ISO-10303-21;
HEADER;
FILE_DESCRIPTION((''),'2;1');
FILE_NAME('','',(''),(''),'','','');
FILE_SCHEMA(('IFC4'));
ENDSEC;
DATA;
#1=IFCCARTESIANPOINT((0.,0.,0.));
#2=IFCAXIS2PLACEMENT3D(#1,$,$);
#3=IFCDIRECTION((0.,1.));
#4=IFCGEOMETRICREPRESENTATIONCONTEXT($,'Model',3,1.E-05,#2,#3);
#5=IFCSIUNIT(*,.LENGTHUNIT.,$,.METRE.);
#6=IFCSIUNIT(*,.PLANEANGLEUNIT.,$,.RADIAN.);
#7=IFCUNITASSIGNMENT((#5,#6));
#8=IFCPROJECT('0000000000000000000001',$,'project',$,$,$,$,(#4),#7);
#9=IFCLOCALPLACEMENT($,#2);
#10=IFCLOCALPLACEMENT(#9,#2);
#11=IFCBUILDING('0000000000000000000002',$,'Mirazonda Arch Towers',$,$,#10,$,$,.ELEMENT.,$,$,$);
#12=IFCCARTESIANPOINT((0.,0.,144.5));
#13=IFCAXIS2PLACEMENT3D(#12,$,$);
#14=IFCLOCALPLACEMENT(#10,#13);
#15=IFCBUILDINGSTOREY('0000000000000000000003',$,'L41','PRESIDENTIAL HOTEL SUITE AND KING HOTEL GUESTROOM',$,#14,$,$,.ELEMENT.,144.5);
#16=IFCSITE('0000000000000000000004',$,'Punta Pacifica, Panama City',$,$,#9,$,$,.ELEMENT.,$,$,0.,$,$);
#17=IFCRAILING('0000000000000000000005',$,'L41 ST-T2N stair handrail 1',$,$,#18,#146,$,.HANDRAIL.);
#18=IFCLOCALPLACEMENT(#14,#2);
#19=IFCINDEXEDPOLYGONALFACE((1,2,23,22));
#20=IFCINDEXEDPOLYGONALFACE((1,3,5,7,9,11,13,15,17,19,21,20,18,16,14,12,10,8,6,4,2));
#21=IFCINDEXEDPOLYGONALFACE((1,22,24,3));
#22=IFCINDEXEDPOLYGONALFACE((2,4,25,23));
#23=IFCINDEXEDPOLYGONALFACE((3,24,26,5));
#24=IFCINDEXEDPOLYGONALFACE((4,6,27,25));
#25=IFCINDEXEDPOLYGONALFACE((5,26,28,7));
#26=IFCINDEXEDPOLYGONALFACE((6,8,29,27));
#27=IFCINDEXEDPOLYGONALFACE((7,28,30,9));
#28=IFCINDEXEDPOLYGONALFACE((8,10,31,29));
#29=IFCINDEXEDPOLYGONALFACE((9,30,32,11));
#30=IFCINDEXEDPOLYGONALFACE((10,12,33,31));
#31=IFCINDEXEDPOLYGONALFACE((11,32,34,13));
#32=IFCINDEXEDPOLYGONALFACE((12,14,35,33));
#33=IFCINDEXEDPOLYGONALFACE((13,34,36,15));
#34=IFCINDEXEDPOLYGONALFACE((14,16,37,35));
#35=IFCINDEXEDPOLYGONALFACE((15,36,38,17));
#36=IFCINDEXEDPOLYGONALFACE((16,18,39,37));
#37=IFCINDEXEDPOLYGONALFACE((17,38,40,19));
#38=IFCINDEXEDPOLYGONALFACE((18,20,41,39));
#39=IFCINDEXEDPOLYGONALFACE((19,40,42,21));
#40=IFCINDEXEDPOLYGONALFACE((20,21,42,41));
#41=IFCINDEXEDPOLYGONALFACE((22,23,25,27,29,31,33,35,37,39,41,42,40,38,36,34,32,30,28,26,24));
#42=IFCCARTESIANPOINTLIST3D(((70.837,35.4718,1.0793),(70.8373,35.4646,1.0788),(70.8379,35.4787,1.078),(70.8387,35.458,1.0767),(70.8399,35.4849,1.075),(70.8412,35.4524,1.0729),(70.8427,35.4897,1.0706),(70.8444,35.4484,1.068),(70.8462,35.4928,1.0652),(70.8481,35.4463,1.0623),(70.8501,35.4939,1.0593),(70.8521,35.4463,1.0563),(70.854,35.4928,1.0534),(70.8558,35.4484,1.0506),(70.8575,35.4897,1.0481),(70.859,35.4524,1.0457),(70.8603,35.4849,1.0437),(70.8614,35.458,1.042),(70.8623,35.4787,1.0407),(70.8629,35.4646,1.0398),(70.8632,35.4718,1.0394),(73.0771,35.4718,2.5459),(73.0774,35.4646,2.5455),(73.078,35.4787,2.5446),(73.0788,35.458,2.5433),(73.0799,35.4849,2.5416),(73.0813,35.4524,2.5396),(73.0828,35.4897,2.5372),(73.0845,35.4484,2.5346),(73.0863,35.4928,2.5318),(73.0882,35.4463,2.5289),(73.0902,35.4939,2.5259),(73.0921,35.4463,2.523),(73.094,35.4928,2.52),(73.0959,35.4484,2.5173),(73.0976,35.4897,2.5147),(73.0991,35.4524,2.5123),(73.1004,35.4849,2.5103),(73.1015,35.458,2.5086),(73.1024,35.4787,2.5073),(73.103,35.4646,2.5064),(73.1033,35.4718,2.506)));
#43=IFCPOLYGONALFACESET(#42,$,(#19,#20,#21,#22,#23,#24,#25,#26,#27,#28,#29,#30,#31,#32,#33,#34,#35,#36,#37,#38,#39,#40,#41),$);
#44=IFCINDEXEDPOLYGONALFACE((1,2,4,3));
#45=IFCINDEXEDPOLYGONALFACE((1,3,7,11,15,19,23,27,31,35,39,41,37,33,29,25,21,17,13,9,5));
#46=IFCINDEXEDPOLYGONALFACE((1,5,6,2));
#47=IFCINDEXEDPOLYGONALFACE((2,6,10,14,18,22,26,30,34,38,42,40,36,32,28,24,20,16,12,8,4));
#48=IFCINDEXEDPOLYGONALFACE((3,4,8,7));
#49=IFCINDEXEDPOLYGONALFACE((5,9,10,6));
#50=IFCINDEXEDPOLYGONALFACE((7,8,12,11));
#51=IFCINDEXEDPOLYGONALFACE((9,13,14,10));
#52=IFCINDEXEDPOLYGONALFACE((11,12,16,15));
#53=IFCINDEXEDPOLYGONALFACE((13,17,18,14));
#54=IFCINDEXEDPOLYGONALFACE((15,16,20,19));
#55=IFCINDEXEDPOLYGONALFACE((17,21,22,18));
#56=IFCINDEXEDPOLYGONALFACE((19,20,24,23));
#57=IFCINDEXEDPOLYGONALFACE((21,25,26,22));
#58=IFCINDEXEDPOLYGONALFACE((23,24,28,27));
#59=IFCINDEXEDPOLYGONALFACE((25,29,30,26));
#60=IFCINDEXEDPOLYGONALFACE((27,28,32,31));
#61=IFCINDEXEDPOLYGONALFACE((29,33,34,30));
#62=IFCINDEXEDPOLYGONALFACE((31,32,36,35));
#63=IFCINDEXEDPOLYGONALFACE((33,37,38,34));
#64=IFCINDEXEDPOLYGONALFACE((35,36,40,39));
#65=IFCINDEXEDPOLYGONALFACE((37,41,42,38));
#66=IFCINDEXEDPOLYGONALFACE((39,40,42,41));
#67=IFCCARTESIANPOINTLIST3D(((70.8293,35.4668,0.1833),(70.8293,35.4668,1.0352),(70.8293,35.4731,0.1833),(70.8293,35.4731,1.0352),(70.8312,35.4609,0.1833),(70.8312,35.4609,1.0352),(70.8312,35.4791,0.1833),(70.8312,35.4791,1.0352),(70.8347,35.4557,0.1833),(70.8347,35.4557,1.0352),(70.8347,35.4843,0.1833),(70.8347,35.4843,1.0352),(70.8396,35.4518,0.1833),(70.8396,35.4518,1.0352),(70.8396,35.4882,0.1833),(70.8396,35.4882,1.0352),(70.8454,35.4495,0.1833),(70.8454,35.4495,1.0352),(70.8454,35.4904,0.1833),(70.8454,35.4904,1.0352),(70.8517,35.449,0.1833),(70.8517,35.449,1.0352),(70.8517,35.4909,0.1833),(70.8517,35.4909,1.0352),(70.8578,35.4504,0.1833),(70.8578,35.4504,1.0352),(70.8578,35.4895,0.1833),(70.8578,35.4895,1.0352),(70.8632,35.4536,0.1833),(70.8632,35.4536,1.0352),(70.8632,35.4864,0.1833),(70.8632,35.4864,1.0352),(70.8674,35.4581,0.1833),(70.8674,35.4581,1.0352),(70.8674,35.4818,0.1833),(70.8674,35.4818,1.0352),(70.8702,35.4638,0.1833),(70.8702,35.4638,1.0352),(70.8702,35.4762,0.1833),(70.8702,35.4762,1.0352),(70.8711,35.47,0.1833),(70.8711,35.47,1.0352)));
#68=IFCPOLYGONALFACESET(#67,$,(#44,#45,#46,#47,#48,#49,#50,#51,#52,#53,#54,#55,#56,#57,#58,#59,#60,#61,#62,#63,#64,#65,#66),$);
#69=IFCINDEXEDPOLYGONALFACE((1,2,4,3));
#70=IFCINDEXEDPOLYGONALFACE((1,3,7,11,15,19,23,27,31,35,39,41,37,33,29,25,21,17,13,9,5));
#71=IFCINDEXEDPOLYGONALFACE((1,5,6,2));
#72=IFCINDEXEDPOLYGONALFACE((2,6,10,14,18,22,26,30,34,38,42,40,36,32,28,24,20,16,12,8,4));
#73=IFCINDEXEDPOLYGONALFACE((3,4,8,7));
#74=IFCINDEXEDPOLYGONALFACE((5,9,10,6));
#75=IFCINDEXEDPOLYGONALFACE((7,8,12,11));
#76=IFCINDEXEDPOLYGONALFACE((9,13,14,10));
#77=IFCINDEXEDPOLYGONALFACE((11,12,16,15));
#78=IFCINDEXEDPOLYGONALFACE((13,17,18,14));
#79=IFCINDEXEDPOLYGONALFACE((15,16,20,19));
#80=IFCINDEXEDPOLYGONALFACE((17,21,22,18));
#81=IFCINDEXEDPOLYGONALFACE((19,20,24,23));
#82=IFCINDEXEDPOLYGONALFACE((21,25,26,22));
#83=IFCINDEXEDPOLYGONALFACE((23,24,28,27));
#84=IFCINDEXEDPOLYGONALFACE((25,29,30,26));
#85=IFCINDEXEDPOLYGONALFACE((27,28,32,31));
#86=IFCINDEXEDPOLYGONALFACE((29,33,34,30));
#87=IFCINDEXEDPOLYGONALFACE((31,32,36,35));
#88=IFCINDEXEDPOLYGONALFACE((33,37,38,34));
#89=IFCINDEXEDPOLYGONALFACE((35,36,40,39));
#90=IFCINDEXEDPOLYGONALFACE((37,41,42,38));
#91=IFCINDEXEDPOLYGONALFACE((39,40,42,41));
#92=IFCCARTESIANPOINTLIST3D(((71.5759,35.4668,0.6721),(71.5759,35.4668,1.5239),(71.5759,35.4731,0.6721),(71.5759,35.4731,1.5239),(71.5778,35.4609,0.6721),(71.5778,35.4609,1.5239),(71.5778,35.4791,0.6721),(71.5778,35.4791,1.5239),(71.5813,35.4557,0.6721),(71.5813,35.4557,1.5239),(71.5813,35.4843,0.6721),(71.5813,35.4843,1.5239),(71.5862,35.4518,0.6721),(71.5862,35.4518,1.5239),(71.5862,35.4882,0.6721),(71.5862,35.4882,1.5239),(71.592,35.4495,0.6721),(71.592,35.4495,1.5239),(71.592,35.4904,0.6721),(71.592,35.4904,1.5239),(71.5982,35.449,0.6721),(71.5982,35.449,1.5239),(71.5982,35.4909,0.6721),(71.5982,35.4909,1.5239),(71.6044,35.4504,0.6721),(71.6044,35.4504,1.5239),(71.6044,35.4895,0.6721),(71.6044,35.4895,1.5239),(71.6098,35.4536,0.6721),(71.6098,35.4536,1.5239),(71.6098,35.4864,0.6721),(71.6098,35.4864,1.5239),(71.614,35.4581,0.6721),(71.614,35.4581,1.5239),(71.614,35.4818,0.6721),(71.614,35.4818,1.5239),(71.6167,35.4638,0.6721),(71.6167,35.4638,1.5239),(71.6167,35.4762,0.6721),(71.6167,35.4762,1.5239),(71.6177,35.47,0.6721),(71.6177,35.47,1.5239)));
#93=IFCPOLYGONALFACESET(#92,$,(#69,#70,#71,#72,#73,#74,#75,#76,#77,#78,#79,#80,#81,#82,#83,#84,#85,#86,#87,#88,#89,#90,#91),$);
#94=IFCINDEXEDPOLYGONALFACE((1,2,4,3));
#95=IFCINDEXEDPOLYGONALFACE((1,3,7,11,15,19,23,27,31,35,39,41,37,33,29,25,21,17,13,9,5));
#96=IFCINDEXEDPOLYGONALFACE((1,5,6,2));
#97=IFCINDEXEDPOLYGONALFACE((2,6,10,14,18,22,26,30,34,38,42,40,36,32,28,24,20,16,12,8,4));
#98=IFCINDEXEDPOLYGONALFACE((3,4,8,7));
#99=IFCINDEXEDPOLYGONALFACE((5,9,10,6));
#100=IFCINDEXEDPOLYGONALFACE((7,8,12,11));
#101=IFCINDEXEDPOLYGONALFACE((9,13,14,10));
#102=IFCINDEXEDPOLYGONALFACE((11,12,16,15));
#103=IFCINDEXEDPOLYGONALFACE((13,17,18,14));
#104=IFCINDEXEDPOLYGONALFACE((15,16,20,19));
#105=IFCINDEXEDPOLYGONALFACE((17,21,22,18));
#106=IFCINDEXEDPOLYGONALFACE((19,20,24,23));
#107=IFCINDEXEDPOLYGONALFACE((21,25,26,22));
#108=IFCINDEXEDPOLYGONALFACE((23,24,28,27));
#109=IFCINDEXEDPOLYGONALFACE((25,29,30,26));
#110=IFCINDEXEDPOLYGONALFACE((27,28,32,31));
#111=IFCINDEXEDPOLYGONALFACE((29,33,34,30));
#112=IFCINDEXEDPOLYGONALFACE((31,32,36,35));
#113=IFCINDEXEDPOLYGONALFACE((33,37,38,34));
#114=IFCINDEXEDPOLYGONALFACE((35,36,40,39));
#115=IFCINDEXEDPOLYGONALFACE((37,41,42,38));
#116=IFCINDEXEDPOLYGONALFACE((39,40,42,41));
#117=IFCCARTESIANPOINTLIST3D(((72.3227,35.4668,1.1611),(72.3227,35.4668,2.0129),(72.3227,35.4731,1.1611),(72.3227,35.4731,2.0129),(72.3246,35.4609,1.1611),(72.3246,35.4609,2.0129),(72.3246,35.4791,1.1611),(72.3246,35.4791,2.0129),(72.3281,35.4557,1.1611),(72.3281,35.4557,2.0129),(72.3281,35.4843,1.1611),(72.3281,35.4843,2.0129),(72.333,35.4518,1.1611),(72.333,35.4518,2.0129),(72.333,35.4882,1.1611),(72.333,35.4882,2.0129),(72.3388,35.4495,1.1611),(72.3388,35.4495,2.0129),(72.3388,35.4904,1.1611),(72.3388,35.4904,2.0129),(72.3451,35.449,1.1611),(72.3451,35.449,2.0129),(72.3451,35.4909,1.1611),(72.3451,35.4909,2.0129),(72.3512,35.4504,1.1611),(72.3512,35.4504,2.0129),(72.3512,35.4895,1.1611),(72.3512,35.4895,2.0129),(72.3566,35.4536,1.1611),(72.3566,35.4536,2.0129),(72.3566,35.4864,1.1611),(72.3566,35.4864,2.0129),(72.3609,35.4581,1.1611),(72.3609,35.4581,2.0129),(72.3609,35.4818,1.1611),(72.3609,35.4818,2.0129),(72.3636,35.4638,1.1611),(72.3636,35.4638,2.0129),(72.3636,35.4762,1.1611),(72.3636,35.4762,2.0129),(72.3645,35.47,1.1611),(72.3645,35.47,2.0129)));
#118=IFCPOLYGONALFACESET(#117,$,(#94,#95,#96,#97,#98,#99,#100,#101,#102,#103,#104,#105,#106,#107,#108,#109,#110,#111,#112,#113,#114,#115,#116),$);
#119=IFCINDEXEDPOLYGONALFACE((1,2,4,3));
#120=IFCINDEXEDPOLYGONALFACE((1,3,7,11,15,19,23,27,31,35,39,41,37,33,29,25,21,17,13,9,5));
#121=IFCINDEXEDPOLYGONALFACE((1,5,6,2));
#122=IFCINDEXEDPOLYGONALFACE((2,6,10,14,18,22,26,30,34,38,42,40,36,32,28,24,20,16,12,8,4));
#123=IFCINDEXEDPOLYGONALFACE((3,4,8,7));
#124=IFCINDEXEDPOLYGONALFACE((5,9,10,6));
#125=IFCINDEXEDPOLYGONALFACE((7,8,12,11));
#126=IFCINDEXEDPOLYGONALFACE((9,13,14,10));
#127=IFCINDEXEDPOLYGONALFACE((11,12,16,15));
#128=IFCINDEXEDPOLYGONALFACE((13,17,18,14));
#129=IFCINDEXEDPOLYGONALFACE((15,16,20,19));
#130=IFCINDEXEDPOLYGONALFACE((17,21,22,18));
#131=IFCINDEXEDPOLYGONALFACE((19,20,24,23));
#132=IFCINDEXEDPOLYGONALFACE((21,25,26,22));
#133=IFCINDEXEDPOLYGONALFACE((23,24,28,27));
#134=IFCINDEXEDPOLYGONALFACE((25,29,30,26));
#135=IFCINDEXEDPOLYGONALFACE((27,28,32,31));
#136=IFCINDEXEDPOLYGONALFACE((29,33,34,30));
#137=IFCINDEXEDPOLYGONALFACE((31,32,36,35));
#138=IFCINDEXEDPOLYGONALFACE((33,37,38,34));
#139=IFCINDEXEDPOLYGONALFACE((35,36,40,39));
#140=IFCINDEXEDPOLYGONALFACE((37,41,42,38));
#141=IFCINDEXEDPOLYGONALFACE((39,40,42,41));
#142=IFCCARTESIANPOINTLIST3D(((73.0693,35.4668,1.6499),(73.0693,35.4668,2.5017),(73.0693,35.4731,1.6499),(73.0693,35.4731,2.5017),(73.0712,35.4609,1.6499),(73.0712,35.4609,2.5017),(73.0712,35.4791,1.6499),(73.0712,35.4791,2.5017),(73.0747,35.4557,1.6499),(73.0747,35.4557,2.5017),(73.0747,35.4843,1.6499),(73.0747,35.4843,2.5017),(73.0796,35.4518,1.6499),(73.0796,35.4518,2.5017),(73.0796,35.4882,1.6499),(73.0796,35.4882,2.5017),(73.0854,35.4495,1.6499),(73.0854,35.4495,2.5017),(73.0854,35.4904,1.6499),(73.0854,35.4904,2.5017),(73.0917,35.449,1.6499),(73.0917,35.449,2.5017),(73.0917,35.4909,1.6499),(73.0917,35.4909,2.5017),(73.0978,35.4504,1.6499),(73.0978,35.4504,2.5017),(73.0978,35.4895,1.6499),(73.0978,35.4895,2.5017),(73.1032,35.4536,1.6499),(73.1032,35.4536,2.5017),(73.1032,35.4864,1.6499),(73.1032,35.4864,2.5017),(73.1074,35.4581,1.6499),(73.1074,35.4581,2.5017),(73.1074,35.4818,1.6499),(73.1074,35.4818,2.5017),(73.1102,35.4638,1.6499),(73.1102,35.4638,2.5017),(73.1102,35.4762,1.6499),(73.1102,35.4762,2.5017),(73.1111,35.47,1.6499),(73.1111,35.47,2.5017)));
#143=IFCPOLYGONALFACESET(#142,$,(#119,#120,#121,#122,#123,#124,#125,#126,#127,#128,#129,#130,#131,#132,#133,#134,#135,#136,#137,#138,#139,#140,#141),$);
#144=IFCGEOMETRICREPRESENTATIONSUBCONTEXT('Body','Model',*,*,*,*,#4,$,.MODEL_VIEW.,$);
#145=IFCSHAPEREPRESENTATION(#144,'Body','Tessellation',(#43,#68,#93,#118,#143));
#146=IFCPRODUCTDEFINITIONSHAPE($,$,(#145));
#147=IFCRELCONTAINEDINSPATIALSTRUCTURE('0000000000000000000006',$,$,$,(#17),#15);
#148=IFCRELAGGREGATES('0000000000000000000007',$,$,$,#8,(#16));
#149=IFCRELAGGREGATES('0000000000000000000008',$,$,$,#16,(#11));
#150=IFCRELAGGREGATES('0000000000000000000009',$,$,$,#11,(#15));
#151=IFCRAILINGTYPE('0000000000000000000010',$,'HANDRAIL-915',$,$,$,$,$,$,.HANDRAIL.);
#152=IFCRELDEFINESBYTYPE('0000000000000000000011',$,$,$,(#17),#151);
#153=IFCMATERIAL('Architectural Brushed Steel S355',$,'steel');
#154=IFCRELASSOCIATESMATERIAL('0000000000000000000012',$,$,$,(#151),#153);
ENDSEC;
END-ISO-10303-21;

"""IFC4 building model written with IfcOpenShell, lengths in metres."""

from ifc_helpers import new_model, si_unit, direction, frame, origin, origin_2d, place, context, subcontext, project, spatial, circle, extrude, material, type_object, element, save


model = new_model("IFC4")

# Units and contexts
model_context = context("Model", 3, precision=1e-05, world=origin(), true_north=direction((0.0, 1.0)))
body_context = subcontext(model_context, "Body", "Model", "MODEL_VIEW")
ifc_project = project(units=[si_unit("LENGTHUNIT", "METRE"), si_unit("PLANEANGLEUNIT", "RADIAN")], contexts=[model_context])

# Site, building, storey
site_placement = place(None, origin())
site = spatial("IfcSite", under=ifc_project, at=site_placement, Name="Punta Pacifica, Panama City", CompositionType="ELEMENT", RefElevation=0.0)
building_placement = place(site_placement, origin())
building = spatial("IfcBuilding", under=site, at=building_placement, Name="Mirazonda Arch Towers", CompositionType="ELEMENT")
storey_placement = place(building_placement, frame((0.0, 0.0, 144.5)))
storey = spatial("IfcBuildingStorey", under=building, at=storey_placement, Name="L41", Description="PRESIDENTIAL HOTEL SUITE AND KING HOTEL GUESTROOM", CompositionType="ELEMENT", Elevation=144.5)

# Shared definitions
ifc_material_1 = material(Name="Architectural Brushed Steel S355", Category="steel")

# Railing
railing_type = type_object("IfcRailingType", Name="HANDRAIL-915", PredefinedType="HANDRAIL", material=ifc_material_1)
railing_placement = place(storey_placement, frame((70.8501, 35.47, 0.1833)))
element("IfcRailing", 1, at=railing_placement, inside=storey, type_object=railing_type, Name="L41 ST-T2N stair handrail 1", PredefinedType="HANDRAIL", context=body_context, shape_type="SweptSolid", body=[
    extrude(circle(Radius=0.0239, at=origin_2d()), frame((0.0, 0.0, 0.876), z_axis=(0.836637, 0.0, 0.547758), x_axis=(0.0, 1.0, 0.0)), (0.0, 0.0, 1.0), 2.6775),
    extrude(circle(Radius=0.021, at=origin_2d()), origin(), (0.0, 0.0, 1.0), 0.8518),
    extrude(circle(Radius=0.021, at=origin_2d()), frame((0.7466, 0.0, 0.4888)), (0.0, 0.0, 1.0), 0.8518),
    extrude(circle(Radius=0.021, at=origin_2d()), frame((1.4934, 0.0, 0.9778)), (0.0, 0.0, 1.0), 0.8518),
    extrude(circle(Radius=0.021, at=origin_2d()), frame((2.24, 0.0, 1.4666)), (0.0, 0.0, 1.0), 0.8518),
])

save(model, "model.ifc")
